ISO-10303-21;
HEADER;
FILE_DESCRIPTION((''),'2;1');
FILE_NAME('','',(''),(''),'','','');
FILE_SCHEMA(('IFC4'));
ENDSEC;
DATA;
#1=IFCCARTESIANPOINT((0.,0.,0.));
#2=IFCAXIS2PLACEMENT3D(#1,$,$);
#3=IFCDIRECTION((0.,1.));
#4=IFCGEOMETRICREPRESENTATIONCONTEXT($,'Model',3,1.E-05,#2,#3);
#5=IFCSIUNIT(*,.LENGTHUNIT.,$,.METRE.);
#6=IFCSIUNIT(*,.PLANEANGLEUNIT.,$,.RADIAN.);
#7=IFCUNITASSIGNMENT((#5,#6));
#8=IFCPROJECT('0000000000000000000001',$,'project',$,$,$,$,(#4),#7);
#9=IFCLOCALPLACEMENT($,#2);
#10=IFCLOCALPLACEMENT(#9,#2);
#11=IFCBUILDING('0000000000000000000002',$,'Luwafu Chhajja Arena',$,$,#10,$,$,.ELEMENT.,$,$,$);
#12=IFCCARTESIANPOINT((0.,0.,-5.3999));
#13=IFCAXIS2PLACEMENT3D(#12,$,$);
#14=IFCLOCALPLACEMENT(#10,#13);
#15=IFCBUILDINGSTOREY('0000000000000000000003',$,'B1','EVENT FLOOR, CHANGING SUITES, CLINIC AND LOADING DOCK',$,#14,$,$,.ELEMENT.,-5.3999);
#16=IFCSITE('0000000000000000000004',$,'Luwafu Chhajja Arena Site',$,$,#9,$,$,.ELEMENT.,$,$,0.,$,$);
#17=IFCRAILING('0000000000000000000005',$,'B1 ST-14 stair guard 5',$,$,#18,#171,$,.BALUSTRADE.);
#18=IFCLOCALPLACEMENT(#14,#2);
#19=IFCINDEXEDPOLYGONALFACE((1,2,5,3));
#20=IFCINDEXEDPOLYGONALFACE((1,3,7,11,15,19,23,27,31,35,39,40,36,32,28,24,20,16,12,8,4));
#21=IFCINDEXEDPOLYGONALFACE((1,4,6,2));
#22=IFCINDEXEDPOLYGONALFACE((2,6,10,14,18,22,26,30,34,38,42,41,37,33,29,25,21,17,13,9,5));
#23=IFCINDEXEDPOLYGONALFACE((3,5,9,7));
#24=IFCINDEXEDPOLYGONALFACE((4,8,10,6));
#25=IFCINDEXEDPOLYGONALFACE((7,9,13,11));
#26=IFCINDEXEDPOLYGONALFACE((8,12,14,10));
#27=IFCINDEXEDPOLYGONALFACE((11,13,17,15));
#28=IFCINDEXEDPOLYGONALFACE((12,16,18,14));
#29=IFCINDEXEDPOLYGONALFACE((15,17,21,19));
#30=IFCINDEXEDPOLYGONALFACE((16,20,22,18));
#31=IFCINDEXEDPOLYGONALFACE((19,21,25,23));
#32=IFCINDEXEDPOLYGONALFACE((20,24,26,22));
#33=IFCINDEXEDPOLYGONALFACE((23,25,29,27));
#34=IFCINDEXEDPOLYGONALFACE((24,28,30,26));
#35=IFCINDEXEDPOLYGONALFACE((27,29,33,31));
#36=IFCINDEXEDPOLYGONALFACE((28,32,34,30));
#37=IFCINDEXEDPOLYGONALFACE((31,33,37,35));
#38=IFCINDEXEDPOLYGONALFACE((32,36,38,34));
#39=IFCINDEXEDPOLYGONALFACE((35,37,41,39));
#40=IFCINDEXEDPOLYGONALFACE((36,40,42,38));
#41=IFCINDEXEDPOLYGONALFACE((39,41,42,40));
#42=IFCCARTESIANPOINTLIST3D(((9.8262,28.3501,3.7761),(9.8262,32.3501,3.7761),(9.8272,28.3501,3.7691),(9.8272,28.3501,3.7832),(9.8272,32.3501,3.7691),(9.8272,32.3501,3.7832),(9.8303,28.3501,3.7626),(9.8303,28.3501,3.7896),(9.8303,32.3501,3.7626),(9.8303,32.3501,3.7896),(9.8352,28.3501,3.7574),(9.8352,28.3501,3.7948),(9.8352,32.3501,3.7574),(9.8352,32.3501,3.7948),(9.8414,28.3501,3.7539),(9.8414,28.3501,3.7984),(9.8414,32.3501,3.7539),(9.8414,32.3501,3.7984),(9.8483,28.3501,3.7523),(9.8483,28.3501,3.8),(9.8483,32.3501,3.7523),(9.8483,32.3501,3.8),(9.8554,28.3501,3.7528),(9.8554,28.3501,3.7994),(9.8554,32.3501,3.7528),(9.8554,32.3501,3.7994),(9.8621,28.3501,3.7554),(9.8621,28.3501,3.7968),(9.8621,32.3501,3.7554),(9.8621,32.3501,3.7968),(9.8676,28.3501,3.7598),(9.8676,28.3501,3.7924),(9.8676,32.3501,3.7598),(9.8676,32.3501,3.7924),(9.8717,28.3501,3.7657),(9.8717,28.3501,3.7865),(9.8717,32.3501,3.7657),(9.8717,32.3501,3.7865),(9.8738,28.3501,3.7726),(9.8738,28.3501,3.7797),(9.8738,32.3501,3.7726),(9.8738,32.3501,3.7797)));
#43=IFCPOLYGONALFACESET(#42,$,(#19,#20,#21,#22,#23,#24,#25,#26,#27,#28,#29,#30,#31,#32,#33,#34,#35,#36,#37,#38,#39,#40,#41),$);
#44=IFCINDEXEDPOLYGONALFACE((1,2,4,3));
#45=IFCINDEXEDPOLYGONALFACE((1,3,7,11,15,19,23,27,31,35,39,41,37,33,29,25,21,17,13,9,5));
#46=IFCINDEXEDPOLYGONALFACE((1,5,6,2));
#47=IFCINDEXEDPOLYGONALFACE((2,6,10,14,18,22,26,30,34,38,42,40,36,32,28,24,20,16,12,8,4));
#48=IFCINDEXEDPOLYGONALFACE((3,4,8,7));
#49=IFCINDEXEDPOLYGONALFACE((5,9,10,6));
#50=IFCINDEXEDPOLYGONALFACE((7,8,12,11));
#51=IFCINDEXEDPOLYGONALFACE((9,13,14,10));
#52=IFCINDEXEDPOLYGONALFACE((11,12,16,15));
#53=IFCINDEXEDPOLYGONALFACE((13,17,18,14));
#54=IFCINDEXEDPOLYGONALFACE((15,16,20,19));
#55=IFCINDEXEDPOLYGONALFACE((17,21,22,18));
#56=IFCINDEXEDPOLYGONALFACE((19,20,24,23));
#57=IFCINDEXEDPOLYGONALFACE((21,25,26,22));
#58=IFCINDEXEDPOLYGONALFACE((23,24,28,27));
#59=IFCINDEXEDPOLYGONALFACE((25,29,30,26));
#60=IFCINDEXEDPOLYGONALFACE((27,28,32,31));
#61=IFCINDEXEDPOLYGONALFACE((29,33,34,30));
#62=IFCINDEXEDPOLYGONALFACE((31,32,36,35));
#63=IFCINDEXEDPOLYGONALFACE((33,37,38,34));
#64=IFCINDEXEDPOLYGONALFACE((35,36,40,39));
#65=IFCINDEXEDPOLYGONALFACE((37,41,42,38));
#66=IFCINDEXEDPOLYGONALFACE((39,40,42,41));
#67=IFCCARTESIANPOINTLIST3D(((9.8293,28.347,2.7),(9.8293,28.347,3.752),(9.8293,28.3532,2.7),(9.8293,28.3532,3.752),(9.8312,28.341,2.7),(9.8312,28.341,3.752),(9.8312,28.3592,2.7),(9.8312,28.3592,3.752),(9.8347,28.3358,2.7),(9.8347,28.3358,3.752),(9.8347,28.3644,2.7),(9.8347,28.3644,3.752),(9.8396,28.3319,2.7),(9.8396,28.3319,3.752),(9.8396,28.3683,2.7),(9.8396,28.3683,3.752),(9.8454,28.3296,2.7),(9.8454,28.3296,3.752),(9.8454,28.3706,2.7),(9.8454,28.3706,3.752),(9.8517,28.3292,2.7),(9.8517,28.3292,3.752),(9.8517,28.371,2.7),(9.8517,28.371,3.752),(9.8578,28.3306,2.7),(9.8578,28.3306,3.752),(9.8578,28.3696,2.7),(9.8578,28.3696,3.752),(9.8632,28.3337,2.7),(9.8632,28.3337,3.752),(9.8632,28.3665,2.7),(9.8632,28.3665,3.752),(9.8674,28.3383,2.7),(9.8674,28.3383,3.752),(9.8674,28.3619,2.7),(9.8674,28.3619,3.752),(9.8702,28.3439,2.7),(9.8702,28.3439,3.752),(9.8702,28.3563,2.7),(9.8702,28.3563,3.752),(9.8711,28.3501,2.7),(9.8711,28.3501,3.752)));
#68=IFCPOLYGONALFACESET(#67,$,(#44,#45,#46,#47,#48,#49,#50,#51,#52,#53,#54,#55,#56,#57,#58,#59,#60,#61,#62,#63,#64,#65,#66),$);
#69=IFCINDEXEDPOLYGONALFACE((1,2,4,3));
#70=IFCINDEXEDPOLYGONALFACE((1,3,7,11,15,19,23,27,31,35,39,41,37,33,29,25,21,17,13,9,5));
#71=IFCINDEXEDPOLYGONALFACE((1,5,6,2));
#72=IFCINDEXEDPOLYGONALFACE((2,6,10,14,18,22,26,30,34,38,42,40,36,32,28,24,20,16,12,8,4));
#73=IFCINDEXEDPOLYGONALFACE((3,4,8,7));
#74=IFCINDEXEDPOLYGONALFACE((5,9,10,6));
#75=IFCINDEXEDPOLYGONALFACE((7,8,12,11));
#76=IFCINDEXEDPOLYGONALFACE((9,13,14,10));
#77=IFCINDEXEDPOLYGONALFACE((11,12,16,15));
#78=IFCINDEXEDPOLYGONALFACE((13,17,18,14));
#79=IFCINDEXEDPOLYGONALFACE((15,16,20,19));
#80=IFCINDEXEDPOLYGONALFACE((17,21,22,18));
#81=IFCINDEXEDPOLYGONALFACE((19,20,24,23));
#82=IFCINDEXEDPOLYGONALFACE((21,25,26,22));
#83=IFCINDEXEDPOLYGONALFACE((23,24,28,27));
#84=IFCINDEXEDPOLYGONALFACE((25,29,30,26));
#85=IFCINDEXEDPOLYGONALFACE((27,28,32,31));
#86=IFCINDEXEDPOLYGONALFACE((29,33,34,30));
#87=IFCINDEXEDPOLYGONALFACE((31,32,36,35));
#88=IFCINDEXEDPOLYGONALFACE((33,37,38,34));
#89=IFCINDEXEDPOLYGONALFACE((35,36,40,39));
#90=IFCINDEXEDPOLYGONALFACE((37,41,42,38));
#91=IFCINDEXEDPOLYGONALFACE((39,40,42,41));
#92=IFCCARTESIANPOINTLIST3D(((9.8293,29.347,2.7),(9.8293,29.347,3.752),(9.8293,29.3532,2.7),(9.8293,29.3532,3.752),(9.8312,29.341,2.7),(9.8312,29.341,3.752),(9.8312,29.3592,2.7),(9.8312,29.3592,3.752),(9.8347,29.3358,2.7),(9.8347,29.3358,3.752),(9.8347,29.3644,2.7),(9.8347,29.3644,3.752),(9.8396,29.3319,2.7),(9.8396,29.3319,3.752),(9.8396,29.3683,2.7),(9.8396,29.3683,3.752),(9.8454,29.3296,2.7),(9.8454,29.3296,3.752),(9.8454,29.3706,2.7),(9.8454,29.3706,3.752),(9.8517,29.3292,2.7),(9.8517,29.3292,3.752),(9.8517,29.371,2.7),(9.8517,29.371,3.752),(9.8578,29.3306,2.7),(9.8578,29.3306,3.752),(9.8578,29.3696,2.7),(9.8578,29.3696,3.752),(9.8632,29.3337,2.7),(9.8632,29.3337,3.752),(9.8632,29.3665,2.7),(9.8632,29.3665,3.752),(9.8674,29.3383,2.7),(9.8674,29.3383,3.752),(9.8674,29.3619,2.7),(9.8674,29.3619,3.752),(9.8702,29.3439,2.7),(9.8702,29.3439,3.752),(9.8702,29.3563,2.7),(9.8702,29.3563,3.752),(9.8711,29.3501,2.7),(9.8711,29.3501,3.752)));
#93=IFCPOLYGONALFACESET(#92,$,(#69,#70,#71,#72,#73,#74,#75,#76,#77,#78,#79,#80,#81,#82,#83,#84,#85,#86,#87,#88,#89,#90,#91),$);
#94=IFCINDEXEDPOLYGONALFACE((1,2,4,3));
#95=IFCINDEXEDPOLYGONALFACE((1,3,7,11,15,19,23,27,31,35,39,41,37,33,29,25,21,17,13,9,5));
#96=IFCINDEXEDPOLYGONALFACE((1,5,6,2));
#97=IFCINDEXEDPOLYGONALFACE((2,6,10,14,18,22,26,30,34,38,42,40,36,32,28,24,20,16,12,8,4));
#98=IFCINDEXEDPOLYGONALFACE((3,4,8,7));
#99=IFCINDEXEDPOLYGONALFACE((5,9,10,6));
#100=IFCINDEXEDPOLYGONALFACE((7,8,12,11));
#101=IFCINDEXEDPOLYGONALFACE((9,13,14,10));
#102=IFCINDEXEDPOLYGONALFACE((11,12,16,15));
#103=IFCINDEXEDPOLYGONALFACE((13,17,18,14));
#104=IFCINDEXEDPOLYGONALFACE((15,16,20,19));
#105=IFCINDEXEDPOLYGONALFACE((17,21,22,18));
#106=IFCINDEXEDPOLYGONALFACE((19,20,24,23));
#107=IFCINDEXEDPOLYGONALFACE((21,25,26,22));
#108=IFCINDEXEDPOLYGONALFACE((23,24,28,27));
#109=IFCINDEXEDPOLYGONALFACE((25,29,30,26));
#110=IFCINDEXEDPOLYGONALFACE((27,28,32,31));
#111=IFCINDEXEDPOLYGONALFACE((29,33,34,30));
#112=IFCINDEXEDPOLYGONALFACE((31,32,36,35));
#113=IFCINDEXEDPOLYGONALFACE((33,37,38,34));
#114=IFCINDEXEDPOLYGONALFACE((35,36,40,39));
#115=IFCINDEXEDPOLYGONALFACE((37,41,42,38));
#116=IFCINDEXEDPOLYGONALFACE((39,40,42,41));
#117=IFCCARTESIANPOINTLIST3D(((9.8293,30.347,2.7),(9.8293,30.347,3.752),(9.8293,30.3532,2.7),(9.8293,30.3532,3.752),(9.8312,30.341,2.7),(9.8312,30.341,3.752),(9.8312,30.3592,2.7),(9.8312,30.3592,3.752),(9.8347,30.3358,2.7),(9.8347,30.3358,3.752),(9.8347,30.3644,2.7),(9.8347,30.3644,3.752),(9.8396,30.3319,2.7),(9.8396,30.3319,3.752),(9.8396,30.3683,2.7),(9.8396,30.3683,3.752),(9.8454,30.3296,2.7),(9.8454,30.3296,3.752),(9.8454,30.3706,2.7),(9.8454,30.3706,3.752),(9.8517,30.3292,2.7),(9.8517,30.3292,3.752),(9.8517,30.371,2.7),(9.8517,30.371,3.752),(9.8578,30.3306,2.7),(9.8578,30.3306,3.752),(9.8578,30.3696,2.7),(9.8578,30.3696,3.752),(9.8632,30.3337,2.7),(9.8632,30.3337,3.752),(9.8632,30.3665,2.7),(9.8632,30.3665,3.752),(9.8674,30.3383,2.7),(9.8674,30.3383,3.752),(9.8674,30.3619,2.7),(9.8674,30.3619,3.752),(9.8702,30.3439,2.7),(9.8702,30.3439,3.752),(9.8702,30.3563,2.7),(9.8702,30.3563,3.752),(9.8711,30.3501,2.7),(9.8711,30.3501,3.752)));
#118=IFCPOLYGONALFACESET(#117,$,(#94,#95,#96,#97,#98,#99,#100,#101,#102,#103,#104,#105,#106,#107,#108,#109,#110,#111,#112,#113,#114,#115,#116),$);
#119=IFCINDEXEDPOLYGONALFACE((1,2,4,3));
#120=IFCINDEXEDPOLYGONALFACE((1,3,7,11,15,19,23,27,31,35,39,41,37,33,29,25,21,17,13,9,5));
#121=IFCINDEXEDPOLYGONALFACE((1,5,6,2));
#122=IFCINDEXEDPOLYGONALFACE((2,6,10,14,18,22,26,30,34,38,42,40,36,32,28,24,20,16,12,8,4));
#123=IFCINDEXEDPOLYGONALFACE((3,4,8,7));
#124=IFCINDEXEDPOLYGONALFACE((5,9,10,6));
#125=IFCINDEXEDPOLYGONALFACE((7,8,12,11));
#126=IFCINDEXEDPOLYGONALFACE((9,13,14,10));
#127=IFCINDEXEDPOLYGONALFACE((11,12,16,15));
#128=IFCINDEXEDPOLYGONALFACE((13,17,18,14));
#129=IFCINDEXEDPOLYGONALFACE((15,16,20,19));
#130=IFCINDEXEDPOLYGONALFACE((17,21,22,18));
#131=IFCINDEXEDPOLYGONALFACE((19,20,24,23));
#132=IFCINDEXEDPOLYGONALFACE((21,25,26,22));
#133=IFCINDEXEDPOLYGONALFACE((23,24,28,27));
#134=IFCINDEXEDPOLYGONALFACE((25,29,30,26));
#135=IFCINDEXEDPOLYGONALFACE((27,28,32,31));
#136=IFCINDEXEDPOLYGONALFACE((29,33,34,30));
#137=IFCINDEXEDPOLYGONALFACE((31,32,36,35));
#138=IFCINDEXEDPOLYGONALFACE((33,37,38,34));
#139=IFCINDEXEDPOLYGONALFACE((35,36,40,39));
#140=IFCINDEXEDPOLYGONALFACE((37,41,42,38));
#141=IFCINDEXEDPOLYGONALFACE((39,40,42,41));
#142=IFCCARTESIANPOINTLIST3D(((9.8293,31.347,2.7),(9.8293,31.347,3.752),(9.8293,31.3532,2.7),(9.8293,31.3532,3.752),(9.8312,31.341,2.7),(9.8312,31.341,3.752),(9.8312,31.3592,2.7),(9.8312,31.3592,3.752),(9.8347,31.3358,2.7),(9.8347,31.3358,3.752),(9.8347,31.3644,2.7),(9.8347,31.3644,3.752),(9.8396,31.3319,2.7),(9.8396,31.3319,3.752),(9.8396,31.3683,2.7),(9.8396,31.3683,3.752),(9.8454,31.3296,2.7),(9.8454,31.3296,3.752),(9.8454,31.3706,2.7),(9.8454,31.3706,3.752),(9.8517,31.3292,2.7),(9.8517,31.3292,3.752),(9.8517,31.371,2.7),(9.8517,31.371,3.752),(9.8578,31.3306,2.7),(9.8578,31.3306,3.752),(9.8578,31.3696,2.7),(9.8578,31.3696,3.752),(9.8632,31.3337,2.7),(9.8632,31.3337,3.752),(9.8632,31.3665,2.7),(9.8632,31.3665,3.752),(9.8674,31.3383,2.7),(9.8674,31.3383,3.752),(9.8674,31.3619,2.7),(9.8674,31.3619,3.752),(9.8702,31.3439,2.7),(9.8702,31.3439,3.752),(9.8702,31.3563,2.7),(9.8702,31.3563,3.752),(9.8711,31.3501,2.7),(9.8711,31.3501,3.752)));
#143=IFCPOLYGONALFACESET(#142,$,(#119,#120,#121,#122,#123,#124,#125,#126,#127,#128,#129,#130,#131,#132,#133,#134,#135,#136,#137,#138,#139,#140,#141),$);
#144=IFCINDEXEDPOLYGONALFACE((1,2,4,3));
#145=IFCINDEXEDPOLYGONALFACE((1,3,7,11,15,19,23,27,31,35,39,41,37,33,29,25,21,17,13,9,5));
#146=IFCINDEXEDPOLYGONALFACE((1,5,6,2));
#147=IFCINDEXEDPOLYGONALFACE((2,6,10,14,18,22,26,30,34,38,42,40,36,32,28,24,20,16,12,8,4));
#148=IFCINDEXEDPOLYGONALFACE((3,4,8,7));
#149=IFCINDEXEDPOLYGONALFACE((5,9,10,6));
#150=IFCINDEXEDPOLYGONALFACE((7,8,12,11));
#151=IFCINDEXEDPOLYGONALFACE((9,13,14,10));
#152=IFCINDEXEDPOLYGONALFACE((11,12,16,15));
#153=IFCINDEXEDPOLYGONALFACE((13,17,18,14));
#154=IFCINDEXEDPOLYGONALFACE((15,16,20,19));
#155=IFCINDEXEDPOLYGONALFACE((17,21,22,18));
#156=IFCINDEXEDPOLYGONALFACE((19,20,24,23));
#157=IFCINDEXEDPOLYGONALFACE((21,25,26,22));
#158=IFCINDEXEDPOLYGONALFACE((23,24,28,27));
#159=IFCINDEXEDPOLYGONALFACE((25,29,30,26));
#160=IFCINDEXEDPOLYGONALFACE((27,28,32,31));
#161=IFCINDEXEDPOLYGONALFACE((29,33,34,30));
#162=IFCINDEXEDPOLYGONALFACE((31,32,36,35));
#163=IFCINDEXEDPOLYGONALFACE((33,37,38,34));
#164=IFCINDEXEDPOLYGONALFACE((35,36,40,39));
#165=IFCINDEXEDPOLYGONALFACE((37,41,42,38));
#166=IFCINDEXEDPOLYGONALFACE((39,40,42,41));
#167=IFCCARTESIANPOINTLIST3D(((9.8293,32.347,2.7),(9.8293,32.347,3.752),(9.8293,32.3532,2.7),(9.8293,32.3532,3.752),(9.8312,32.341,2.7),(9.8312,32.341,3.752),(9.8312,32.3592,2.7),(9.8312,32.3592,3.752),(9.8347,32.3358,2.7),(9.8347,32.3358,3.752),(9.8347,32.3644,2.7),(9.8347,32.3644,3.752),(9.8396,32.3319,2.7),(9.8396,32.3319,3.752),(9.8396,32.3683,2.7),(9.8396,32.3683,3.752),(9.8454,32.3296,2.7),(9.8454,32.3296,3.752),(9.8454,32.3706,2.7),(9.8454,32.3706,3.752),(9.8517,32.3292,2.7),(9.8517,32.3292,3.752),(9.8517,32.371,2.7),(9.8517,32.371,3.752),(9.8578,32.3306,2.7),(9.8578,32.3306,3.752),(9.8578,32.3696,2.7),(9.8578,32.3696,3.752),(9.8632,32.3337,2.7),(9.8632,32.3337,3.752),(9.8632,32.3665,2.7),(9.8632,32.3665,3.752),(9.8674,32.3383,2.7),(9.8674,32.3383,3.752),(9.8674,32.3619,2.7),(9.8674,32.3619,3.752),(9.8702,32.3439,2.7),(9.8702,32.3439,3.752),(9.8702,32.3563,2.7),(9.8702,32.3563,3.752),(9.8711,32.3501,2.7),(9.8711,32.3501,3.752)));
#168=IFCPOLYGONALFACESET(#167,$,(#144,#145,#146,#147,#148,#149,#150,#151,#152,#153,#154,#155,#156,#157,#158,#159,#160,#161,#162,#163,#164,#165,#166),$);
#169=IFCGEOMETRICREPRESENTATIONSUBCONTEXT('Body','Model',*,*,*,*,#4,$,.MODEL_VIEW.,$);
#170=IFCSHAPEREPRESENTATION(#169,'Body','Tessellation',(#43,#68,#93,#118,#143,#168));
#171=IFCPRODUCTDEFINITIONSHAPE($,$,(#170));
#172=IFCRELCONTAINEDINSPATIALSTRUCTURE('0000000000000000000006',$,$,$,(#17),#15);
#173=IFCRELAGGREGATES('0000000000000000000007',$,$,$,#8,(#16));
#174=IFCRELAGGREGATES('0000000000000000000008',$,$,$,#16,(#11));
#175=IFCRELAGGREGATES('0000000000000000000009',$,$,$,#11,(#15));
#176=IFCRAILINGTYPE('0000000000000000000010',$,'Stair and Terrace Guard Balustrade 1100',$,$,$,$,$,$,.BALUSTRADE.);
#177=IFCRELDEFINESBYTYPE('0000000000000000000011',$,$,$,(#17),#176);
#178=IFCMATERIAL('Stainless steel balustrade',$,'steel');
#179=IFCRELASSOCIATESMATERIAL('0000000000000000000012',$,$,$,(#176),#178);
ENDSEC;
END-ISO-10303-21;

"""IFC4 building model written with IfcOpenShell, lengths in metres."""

from ifc_helpers import new_model, si_unit, direction, frame, origin, origin_2d, place, context, subcontext, project, spatial, circle, extrude, material, type_object, element, save


model = new_model("IFC4")

# Units and contexts
model_context = context("Model", 3, precision=1e-05, world=origin(), true_north=direction((0.0, 1.0)))
body_context = subcontext(model_context, "Body", "Model", "MODEL_VIEW")
ifc_project = project(units=[si_unit("LENGTHUNIT", "METRE"), si_unit("PLANEANGLEUNIT", "RADIAN")], contexts=[model_context])

# Site, building, storey
site_placement = place(None, origin())
site = spatial("IfcSite", under=ifc_project, at=site_placement, Name="Luwafu Chhajja Arena Site", CompositionType="ELEMENT", RefElevation=0.0)
building_placement = place(site_placement, origin())
building = spatial("IfcBuilding", under=site, at=building_placement, Name="Luwafu Chhajja Arena", CompositionType="ELEMENT")
storey_placement = place(building_placement, frame((0.0, 0.0, -5.3999)))
storey = spatial("IfcBuildingStorey", under=building, at=storey_placement, Name="B1", Description="EVENT FLOOR, CHANGING SUITES, CLINIC AND LOADING DOCK", CompositionType="ELEMENT", Elevation=-5.3999)

# Railing
ifc_material_1 = material(Name="Stainless steel balustrade", Category="steel")
railing_type_1 = type_object("IfcRailingType", Name="Stair and Terrace Guard Balustrade 1100", PredefinedType="BALUSTRADE", material=ifc_material_1)
railing_1_placement = place(storey_placement, frame((9.8501, 28.3501, 2.7)))
element("IfcRailing", 1, at=railing_1_placement, inside=storey, type_object=railing_type_1, Name="B1 ST-14 stair guard 5", PredefinedType="BALUSTRADE", context=body_context, shape_type="SweptSolid", body=[
    extrude(circle(Radius=0.0239, at=origin_2d()), frame((0.0, 0.0, 1.0762), z_axis=(0.0, 1.0, 0.0), x_axis=(-1.0, 0.0, 0.0)), (0.0, 0.0, 1.0), 4.0),
    extrude(circle(Radius=0.021, at=origin_2d()), origin(), (0.0, 0.0, 1.0), 1.052),
    extrude(circle(Radius=0.021, at=origin_2d()), frame((0.0, 1.0, 0.0)), (0.0, 0.0, 1.0), 1.052),
    extrude(circle(Radius=0.021, at=origin_2d()), frame((0.0, 2.0, 0.0)), (0.0, 0.0, 1.0), 1.052),
    extrude(circle(Radius=0.021, at=origin_2d()), frame((0.0, 3.0, 0.0)), (0.0, 0.0, 1.0), 1.052),
    extrude(circle(Radius=0.021, at=origin_2d()), frame((0.0, 4.0, 0.0)), (0.0, 0.0, 1.0), 1.052),
])

save(model, "model.ifc")
